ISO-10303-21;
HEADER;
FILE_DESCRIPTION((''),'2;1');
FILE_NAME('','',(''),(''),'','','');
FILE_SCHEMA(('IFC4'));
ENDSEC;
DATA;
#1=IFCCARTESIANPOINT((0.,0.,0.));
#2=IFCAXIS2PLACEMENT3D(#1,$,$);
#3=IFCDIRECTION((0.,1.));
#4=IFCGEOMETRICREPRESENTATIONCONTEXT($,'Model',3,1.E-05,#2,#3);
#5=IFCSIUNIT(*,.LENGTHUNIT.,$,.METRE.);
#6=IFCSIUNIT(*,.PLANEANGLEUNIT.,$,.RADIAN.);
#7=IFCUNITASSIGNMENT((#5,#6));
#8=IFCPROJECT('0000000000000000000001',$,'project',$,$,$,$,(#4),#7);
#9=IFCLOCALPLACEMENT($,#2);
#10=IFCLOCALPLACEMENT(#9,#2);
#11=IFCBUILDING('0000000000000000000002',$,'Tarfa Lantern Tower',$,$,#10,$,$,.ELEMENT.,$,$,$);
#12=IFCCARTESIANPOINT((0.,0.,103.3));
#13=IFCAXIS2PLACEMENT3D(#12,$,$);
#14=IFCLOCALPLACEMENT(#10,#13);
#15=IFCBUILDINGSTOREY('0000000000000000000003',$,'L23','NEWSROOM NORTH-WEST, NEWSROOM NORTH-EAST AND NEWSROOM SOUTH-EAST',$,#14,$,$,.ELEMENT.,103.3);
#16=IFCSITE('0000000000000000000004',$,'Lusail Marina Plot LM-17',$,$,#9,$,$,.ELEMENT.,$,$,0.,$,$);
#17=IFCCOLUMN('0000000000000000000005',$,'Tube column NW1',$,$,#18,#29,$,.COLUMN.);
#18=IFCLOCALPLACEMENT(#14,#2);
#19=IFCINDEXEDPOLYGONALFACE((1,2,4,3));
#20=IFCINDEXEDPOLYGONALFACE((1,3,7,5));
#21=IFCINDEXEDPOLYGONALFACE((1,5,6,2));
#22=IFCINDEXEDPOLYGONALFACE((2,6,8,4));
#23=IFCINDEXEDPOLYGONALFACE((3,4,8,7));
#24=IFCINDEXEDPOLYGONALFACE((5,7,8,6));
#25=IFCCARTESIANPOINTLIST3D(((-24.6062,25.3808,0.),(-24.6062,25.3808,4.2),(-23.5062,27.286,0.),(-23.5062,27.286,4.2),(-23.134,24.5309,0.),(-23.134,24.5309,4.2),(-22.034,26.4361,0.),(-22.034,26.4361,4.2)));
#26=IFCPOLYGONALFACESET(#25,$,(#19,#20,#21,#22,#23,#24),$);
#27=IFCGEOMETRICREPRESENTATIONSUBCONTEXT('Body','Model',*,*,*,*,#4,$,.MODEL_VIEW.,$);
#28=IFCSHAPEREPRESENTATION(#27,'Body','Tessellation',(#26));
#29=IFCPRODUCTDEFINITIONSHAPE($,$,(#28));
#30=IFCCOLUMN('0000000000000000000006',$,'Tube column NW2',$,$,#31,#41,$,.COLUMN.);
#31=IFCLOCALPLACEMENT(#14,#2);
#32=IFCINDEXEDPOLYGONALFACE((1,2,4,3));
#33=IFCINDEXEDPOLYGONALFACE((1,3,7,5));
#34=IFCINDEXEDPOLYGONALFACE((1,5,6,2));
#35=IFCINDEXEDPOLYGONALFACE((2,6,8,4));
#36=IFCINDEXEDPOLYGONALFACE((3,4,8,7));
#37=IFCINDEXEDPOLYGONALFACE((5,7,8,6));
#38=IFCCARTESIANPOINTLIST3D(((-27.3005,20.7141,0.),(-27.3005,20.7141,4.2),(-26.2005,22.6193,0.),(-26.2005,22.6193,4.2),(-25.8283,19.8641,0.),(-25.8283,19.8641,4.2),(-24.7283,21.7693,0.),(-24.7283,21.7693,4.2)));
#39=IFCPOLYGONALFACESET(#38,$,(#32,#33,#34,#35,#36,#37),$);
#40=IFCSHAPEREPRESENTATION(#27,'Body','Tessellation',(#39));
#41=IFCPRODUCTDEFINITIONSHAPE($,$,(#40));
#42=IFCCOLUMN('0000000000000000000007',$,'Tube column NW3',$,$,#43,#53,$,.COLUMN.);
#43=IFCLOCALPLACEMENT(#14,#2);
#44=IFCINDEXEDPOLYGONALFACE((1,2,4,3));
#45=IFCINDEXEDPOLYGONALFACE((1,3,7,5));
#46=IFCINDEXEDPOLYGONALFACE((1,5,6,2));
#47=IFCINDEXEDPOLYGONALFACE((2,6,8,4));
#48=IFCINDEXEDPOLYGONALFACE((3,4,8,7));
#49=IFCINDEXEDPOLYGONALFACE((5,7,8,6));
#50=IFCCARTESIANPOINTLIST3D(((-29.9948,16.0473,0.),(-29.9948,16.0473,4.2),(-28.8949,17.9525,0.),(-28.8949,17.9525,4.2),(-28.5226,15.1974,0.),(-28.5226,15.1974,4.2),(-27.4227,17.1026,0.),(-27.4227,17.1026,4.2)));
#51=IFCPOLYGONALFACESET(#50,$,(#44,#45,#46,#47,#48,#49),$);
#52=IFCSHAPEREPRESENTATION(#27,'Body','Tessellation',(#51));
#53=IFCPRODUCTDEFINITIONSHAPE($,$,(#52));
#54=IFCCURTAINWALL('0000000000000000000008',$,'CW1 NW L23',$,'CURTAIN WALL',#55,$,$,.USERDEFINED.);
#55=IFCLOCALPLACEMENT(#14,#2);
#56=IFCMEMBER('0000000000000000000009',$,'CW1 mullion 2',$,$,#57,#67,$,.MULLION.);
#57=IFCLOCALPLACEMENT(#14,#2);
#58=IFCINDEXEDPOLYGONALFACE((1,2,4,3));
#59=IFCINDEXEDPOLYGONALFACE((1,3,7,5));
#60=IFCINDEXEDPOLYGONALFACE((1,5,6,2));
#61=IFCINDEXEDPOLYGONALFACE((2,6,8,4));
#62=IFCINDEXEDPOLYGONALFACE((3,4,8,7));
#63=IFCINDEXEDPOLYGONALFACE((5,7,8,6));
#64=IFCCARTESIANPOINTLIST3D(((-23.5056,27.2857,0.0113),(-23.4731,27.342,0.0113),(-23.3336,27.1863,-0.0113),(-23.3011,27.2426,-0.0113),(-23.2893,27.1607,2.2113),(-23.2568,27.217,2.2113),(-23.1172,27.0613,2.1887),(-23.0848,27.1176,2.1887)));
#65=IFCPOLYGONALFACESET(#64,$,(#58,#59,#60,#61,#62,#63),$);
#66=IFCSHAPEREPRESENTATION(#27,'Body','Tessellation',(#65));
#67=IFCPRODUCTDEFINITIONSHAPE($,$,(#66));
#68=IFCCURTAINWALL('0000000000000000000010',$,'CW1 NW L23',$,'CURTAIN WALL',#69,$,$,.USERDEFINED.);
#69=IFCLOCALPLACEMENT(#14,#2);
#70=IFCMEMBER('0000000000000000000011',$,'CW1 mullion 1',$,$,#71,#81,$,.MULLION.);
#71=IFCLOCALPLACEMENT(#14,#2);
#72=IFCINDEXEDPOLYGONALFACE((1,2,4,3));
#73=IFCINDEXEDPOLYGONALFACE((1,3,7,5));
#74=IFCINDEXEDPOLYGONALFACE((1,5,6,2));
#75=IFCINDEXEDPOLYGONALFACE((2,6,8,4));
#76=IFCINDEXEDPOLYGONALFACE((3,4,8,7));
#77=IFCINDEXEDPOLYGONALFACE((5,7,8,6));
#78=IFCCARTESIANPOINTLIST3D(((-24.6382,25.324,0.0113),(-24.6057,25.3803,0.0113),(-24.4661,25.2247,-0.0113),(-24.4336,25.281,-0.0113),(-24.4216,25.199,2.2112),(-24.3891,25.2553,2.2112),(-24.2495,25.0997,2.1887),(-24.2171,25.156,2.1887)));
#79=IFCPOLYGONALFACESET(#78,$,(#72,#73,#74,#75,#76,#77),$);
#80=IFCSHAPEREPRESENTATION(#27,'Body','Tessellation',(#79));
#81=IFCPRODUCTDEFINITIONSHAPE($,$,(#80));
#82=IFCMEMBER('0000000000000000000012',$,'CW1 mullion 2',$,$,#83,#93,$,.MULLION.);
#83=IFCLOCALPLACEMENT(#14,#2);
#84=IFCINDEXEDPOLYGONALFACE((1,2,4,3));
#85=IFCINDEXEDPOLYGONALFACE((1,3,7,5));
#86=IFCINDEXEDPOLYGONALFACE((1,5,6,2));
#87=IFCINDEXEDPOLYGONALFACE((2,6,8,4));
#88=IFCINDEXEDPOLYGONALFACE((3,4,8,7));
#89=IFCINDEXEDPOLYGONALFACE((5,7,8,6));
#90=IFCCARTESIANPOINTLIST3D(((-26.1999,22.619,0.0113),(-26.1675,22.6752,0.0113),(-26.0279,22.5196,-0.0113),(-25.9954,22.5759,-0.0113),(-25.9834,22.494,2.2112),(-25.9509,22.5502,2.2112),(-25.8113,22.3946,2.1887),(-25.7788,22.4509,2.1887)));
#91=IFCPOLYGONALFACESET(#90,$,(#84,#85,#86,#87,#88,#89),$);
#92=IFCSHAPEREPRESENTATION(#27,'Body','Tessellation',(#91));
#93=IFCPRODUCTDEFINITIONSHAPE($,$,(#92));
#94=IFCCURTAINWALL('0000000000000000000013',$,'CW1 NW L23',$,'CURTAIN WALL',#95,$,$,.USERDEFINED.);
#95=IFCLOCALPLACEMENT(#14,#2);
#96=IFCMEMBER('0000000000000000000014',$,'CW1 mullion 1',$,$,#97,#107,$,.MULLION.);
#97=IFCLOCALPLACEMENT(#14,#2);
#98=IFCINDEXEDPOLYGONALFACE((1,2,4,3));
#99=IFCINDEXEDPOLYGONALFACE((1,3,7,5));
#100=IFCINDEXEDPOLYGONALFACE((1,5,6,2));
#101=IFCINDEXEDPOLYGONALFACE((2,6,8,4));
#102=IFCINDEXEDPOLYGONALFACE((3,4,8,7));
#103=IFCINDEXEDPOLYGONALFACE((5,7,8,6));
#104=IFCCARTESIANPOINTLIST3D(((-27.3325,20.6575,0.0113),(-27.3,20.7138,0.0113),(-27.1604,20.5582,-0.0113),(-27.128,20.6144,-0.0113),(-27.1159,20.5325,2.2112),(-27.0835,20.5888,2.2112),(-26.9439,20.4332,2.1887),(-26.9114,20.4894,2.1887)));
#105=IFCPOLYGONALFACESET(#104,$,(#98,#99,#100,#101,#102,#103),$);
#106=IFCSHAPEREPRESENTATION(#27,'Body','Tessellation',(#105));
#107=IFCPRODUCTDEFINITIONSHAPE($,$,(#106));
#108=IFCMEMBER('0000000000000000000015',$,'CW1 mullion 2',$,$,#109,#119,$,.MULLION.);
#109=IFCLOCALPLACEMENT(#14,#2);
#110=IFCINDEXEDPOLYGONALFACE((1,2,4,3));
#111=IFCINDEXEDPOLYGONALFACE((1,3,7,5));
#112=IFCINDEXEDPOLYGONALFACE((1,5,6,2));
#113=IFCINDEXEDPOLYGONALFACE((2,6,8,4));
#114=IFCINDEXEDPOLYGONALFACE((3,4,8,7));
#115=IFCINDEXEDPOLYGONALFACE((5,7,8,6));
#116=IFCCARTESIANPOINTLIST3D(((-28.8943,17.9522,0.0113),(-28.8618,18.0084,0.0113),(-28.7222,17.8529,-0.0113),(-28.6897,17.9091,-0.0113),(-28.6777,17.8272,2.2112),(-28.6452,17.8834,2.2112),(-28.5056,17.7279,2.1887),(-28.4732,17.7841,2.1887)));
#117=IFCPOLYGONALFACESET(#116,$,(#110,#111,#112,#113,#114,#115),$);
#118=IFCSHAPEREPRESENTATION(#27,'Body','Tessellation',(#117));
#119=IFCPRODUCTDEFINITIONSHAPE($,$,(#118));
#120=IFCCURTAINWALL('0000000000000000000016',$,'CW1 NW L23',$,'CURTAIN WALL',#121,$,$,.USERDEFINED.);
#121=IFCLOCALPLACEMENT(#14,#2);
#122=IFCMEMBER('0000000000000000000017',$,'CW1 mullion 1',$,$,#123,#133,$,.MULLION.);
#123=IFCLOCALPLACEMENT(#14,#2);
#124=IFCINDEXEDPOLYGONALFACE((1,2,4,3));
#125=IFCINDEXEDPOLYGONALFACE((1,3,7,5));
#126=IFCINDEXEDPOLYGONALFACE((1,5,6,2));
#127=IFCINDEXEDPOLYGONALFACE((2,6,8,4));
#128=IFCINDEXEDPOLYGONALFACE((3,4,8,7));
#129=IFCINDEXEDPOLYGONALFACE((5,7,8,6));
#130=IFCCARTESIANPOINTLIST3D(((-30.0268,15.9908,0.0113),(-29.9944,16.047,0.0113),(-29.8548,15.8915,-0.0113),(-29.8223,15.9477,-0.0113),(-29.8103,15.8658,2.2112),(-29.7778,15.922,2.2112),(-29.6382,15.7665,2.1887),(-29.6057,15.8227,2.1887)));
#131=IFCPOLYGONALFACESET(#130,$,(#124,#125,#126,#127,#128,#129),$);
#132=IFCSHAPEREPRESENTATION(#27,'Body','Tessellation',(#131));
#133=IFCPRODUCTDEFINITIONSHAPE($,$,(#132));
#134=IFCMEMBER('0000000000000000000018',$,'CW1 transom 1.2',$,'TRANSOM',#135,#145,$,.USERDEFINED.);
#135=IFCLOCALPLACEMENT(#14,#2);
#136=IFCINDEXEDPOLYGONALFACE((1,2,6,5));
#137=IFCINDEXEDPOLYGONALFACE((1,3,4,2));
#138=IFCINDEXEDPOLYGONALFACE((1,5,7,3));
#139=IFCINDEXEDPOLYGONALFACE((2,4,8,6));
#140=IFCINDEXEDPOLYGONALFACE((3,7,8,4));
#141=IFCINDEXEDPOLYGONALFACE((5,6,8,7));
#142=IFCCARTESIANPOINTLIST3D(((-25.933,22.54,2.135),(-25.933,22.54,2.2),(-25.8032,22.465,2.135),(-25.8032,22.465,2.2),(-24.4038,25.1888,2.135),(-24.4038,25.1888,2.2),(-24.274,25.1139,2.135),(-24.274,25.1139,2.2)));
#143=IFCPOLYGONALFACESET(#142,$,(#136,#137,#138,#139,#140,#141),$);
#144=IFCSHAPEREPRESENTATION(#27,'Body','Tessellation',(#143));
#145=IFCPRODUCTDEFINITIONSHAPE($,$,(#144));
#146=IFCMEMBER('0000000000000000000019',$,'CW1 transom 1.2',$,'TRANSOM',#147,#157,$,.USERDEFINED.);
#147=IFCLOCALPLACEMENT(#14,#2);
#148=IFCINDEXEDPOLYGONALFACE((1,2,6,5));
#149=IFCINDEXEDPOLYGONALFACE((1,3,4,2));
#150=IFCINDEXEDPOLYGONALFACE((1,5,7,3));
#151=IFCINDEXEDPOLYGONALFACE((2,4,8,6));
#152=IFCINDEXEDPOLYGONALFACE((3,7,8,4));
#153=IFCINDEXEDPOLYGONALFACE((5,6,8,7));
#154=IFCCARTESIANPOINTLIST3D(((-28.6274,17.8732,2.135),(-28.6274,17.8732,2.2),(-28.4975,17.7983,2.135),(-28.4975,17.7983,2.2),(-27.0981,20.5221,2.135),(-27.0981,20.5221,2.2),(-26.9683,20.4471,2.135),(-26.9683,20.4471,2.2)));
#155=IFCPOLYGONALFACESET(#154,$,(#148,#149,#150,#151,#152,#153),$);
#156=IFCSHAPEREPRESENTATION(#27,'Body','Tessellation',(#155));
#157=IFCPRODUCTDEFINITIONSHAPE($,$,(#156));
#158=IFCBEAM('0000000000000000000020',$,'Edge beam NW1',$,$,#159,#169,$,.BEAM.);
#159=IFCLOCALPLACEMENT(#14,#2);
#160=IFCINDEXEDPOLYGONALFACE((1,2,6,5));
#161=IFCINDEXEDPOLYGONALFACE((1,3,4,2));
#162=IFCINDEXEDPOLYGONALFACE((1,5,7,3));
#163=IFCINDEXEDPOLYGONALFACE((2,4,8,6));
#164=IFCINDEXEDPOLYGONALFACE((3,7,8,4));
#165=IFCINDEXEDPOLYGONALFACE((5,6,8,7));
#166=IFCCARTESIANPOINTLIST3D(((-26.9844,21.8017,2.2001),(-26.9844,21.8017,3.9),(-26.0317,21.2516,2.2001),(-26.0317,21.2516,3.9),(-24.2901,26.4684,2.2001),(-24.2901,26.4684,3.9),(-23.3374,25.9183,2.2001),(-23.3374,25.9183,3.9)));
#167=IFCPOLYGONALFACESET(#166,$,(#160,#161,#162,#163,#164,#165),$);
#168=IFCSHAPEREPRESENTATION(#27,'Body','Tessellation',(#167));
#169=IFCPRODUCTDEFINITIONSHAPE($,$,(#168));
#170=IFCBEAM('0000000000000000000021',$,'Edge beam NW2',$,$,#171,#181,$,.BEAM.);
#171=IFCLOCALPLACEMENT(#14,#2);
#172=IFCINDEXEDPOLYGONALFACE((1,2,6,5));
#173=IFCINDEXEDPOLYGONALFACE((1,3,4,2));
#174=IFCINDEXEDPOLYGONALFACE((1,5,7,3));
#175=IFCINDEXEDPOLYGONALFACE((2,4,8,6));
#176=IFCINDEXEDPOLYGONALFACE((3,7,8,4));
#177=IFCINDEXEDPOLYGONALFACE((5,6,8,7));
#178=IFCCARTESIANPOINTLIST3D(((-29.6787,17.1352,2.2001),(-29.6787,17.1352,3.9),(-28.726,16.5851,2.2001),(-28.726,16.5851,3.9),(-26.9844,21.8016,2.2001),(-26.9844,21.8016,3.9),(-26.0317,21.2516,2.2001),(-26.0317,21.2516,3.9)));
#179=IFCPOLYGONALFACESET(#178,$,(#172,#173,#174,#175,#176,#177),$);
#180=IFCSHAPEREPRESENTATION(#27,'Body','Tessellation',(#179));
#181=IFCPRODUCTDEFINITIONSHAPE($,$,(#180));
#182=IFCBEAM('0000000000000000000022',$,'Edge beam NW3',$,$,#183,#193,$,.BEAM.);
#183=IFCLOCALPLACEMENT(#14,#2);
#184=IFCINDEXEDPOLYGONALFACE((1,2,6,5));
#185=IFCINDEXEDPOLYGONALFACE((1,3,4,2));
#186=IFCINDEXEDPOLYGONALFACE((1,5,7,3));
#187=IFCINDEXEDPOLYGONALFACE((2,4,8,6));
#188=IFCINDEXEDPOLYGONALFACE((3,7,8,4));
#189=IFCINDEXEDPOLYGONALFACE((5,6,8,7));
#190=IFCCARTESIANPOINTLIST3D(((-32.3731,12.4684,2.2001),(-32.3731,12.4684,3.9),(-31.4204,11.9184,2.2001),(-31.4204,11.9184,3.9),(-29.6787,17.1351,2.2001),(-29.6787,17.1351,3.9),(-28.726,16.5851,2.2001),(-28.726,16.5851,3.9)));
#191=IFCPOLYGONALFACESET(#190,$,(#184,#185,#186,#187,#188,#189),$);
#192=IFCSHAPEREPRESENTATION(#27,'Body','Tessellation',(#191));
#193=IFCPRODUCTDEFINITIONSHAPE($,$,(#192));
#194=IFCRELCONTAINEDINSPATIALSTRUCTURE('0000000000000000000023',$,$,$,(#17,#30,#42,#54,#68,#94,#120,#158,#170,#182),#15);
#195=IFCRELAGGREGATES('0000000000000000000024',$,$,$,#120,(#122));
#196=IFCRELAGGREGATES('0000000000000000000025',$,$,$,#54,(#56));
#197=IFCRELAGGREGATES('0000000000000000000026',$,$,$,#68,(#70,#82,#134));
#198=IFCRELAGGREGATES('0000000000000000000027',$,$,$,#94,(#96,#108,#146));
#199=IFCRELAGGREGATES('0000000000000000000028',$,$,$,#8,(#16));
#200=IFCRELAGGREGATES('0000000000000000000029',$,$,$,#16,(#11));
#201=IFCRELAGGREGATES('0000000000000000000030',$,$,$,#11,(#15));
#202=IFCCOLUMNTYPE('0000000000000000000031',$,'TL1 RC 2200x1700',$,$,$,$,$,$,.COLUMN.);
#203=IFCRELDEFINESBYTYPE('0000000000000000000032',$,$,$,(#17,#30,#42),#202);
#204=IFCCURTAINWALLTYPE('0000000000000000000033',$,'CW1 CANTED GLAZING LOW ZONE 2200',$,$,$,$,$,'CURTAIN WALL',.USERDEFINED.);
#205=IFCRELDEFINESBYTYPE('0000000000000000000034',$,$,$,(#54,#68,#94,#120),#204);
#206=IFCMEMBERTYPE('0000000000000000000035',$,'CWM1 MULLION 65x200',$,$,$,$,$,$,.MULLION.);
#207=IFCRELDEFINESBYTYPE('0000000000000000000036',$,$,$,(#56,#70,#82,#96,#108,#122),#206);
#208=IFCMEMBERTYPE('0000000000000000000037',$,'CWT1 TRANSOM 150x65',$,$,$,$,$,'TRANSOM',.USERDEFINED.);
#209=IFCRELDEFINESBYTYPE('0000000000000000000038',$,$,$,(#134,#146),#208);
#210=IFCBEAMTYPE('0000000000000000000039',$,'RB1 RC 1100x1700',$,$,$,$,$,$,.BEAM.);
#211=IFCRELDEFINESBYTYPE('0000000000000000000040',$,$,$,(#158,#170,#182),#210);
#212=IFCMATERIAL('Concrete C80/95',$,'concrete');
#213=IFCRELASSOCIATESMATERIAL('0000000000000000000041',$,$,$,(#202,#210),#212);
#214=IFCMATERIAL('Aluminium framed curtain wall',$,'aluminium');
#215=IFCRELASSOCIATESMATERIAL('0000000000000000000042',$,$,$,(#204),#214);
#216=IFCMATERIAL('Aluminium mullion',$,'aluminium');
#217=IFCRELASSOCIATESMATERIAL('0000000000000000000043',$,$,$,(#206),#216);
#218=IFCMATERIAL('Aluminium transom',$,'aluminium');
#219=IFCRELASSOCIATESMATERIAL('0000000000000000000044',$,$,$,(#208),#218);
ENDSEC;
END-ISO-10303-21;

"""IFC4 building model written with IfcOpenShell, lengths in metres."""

from ifc_helpers import new_model, si_unit, direction, frame, origin, origin_2d, place, context, subcontext, project, spatial, rectangle, extrude, material, material_profile, profile_set, type_object, element, aggregate, save


model = new_model("IFC4")

# Units and contexts
model_context = context("Model", 3, precision=1e-05, world=origin(), true_north=direction((0.0, 1.0)))
body_context = subcontext(model_context, "Body", "Model", "MODEL_VIEW")
ifc_project = project(units=[si_unit("LENGTHUNIT", "METRE"), si_unit("PLANEANGLEUNIT", "RADIAN")], contexts=[model_context])

# Site, building, storey
site_placement = place(None, origin())
site = spatial("IfcSite", under=ifc_project, at=site_placement, Name="Lusail Marina Plot LM-17", CompositionType="ELEMENT", RefElevation=0.0)
building_placement = place(site_placement, origin())
building = spatial("IfcBuilding", under=site, at=building_placement, Name="Tarfa Lantern Tower", CompositionType="ELEMENT")
storey_placement = place(building_placement, frame((0.0, 0.0, 103.3)))
storey = spatial("IfcBuildingStorey", under=building, at=storey_placement, Name="L23", Description="NEWSROOM NORTH-WEST, NEWSROOM NORTH-EAST AND NEWSROOM SOUTH-EAST", CompositionType="ELEMENT", Elevation=103.3)

# Columns
ifc_material_1 = material(Name="Concrete C80/95", Category="concrete")
ifc_material_profile_1 = material_profile(ifc_material_1, rectangle(XDim=2.2, YDim=1.7, at=origin_2d()), Name="RC 2200x1700")
ifc_profile_set_1 = profile_set([ifc_material_profile_1], Name="Concrete C80/95")
column_type = type_object("IfcColumnType", Name="TL1 RC 2200x1700", PredefinedType="COLUMN", material=ifc_profile_set_1)
for number, where, z_axis, x_axis, name in (
    (1, (-23.3201, 25.9084, 0.0), (0.0, 0.0, 1.0), (-0.5, -0.866025, 0.0), "Tube column NW1"),
    (2, (-26.0144, 21.2417, 0.0), (0.0, 0.0, 1.0), (-0.5, -0.866025, 0.0), "Tube column NW2"),
    (3, (-28.7087, 16.575, 0.0), (0.0, 0.0, 1.0), (-0.5, -0.866025, 0.0), "Tube column NW3"),
):
    element("IfcColumn", number, at=place(storey_placement, frame(where, z_axis=z_axis, x_axis=x_axis)), inside=storey, type_object=column_type, Name=name, PredefinedType="COLUMN", context=body_context, shape_type="SweptSolid", body=[
        extrude(rectangle(XDim=2.2, YDim=1.7, at=origin_2d()), origin(), (0.0, 0.0, 1.0), 4.2),
    ])

# Curtain wall, member
ifc_material_2 = material(Name="Aluminium framed curtain wall", Category="aluminium")
curtain_wall_type = type_object("IfcCurtainWallType", Name="CW1 CANTED GLAZING LOW ZONE 2200", ElementType="CURTAIN WALL", PredefinedType="USERDEFINED", material=ifc_material_2)
curtain_wall_1_placement = place(storey_placement, origin())
curtain_wall_1 = element("IfcCurtainWall", 4, at=curtain_wall_1_placement, inside=storey, type_object=curtain_wall_type, Name="CW1 NW L23", ObjectType="CURTAIN WALL", PredefinedType="USERDEFINED")
ifc_material_3 = material(Name="Aluminium mullion", Category="aluminium")
ifc_material_profile_2 = material_profile(ifc_material_3, rectangle(XDim=0.0649, YDim=0.2, at=origin_2d()), Name="AL MULLION 65x200")
ifc_profile_set_2 = profile_set([ifc_material_profile_2], Name="Aluminium mullion")
member_type_1 = type_object("IfcMemberType", Name="CWM1 MULLION 65x200", PredefinedType="MULLION", material=ifc_profile_set_2)
member_1_placement = place(storey_placement, frame((-23.4033, 27.2642, 0.0), z_axis=(0.097696, -0.056457, 0.993614), x_axis=(0.500343, 0.865827, 0.0)))
member_1 = element("IfcMember", 5, at=member_1_placement, type_object=member_type_1, Name="CW1 mullion 2", PredefinedType="MULLION", context=body_context, shape_type="SweptSolid", body=[
    extrude(rectangle(XDim=0.0649, YDim=0.2, at=origin_2d()), origin(), (0.0, 0.0, 1.0), 2.2141),
])

# Curtain walls, members
curtain_wall_2_placement = place(storey_placement, origin())
curtain_wall_2 = element("IfcCurtainWall", 6, at=curtain_wall_2_placement, inside=storey, type_object=curtain_wall_type, Name="CW1 NW L23", ObjectType="CURTAIN WALL", PredefinedType="USERDEFINED")
member_2_placement = place(storey_placement, frame((-24.5359, 25.3025, 0.0), z_axis=(0.097806, -0.056456, 0.993603), x_axis=(0.49992, 0.866072, 0.0)))
member_2 = element("IfcMember", 7, at=member_2_placement, type_object=member_type_1, Name="CW1 mullion 1", PredefinedType="MULLION", context=body_context, shape_type="SweptSolid", body=[
    extrude(rectangle(XDim=0.0649, YDim=0.2, at=origin_2d()), origin(), (0.0, 0.0, 1.0), 2.2141),
])
member_3_placement = place(storey_placement, frame((-26.0977, 22.5974, 0.0), z_axis=(0.097806, -0.056456, 0.993603), x_axis=(0.49992, 0.866072, 0.0)))
member_3 = element("IfcMember", 8, at=member_3_placement, type_object=member_type_1, Name="CW1 mullion 2", PredefinedType="MULLION", context=body_context, shape_type="SweptSolid", body=[
    extrude(rectangle(XDim=0.0649, YDim=0.2, at=origin_2d()), origin(), (0.0, 0.0, 1.0), 2.2141),
])
curtain_wall_3_placement = place(storey_placement, origin())
curtain_wall_3 = element("IfcCurtainWall", 9, at=curtain_wall_3_placement, inside=storey, type_object=curtain_wall_type, Name="CW1 NW L23", ObjectType="CURTAIN WALL", PredefinedType="USERDEFINED")
member_4_placement = place(storey_placement, frame((-27.2302, 20.636, 0.0), z_axis=(0.097806, -0.056456, 0.993603), x_axis=(0.49992, 0.866072, 0.0)))
member_4 = element("IfcMember", 10, at=member_4_placement, type_object=member_type_1, Name="CW1 mullion 1", PredefinedType="MULLION", context=body_context, shape_type="SweptSolid", body=[
    extrude(rectangle(XDim=0.0649, YDim=0.2, at=origin_2d()), origin(), (0.0, 0.0, 1.0), 2.2141),
])
member_5_placement = place(storey_placement, frame((-28.792, 17.9307, 0.0), z_axis=(0.097806, -0.056456, 0.993603), x_axis=(0.49992, 0.866072, 0.0)))
member_5 = element("IfcMember", 11, at=member_5_placement, type_object=member_type_1, Name="CW1 mullion 2", PredefinedType="MULLION", context=body_context, shape_type="SweptSolid", body=[
    extrude(rectangle(XDim=0.0649, YDim=0.2, at=origin_2d()), origin(), (0.0, 0.0, 1.0), 2.2141),
])

# Curtain wall, member
curtain_wall_4_placement = place(storey_placement, origin())
curtain_wall_4 = element("IfcCurtainWall", 12, at=curtain_wall_4_placement, inside=storey, type_object=curtain_wall_type, Name="CW1 NW L23", ObjectType="CURTAIN WALL", PredefinedType="USERDEFINED")
member_6_placement = place(storey_placement, frame((-29.9246, 15.9692, 0.0), z_axis=(0.097806, -0.056456, 0.993603), x_axis=(0.49992, 0.866072, 0.0)))
member_6 = element("IfcMember", 13, at=member_6_placement, type_object=member_type_1, Name="CW1 mullion 1", PredefinedType="MULLION", context=body_context, shape_type="SweptSolid", body=[
    extrude(rectangle(XDim=0.0649, YDim=0.2, at=origin_2d()), origin(), (0.0, 0.0, 1.0), 2.2141),
])
aggregate(curtain_wall_4, [member_6])

# Members
ifc_material_4 = material(Name="Aluminium transom", Category="aluminium")
ifc_material_profile_3 = material_profile(ifc_material_4, rectangle(XDim=0.1499, YDim=0.0649, at=origin_2d()), Name="AL TRANSOM 150x65")
ifc_profile_set_3 = profile_set([ifc_material_profile_3], Name="Aluminium transom")
member_type_2 = type_object("IfcMemberType", Name="CWT1 TRANSOM 150x65", ElementType="TRANSOM", PredefinedType="USERDEFINED", material=ifc_profile_set_3)
member_7_placement = place(storey_placement, frame((-24.3389, 25.1514, 2.1675), z_axis=(-0.499985, -0.866034, 0.0), x_axis=(0.866034, -0.499985, 0.0)))
member_7 = element("IfcMember", 14, at=member_7_placement, type_object=member_type_2, Name="CW1 transom 1.2", ObjectType="TRANSOM", PredefinedType="USERDEFINED", context=body_context, shape_type="SweptSolid", body=[
    extrude(rectangle(XDim=0.1499, YDim=0.0649, at=origin_2d()), origin(), (0.0, 0.0, 1.0), 3.0586),
])
member_8_placement = place(storey_placement, frame((-27.0332, 20.4846, 2.1675), z_axis=(-0.499985, -0.866034, 0.0), x_axis=(0.866034, -0.499985, 0.0)))
member_8 = element("IfcMember", 15, at=member_8_placement, type_object=member_type_2, Name="CW1 transom 1.2", ObjectType="TRANSOM", PredefinedType="USERDEFINED", context=body_context, shape_type="SweptSolid", body=[
    extrude(rectangle(XDim=0.1499, YDim=0.0649, at=origin_2d()), origin(), (0.0, 0.0, 1.0), 3.0586),
])

# Beams
ifc_material_profile_4 = material_profile(ifc_material_1, rectangle(XDim=1.1001, YDim=1.7, at=origin_2d()), Name="RC 1100x1700")
ifc_profile_set_4 = profile_set([ifc_material_profile_4], Name="Concrete C80/95")
beam_type_1 = type_object("IfcBeamType", Name="RB1 RC 1100x1700", PredefinedType="BEAM", material=ifc_profile_set_4)
beam_1_placement = place(storey_placement, frame((-23.8137, 26.1934, 3.05), z_axis=(-0.499998, -0.866026, 0.0), x_axis=(0.866026, -0.499998, 0.0)))
element("IfcBeam", 16, at=beam_1_placement, inside=storey, type_object=beam_type_1, Name="Edge beam NW1", PredefinedType="BEAM", context=body_context, shape_type="SweptSolid", body=[
    extrude(rectangle(XDim=1.1001, YDim=1.7, at=origin_2d()), origin(), (0.0, 0.0, 1.0), 5.3887),
])
beam_2_placement = place(storey_placement, frame((-26.5081, 21.5266, 3.05), z_axis=(-0.500018, -0.866015, 0.0), x_axis=(0.866015, -0.500018, 0.0)))
element("IfcBeam", 17, at=beam_2_placement, inside=storey, type_object=beam_type_1, Name="Edge beam NW2", PredefinedType="BEAM", context=body_context, shape_type="SweptSolid", body=[
    extrude(rectangle(XDim=1.1001, YDim=1.7, at=origin_2d()), origin(), (0.0, 0.0, 1.0), 5.3884),
])
beam_3_placement = place(storey_placement, frame((-29.2024, 16.8601, 3.05), z_axis=(-0.499998, -0.866026, 0.0), x_axis=(0.866026, -0.499998, 0.0)))
element("IfcBeam", 18, at=beam_3_placement, inside=storey, type_object=beam_type_1, Name="Edge beam NW3", PredefinedType="BEAM", context=body_context, shape_type="SweptSolid", body=[
    extrude(rectangle(XDim=1.1001, YDim=1.7, at=origin_2d()), origin(), (0.0, 0.0, 1.0), 5.3887),
])

aggregate(curtain_wall_1, [member_1])
aggregate(curtain_wall_2, [member_2, member_3, member_7])
aggregate(curtain_wall_3, [member_4, member_5, member_8])

save(model, "model.ifc")
